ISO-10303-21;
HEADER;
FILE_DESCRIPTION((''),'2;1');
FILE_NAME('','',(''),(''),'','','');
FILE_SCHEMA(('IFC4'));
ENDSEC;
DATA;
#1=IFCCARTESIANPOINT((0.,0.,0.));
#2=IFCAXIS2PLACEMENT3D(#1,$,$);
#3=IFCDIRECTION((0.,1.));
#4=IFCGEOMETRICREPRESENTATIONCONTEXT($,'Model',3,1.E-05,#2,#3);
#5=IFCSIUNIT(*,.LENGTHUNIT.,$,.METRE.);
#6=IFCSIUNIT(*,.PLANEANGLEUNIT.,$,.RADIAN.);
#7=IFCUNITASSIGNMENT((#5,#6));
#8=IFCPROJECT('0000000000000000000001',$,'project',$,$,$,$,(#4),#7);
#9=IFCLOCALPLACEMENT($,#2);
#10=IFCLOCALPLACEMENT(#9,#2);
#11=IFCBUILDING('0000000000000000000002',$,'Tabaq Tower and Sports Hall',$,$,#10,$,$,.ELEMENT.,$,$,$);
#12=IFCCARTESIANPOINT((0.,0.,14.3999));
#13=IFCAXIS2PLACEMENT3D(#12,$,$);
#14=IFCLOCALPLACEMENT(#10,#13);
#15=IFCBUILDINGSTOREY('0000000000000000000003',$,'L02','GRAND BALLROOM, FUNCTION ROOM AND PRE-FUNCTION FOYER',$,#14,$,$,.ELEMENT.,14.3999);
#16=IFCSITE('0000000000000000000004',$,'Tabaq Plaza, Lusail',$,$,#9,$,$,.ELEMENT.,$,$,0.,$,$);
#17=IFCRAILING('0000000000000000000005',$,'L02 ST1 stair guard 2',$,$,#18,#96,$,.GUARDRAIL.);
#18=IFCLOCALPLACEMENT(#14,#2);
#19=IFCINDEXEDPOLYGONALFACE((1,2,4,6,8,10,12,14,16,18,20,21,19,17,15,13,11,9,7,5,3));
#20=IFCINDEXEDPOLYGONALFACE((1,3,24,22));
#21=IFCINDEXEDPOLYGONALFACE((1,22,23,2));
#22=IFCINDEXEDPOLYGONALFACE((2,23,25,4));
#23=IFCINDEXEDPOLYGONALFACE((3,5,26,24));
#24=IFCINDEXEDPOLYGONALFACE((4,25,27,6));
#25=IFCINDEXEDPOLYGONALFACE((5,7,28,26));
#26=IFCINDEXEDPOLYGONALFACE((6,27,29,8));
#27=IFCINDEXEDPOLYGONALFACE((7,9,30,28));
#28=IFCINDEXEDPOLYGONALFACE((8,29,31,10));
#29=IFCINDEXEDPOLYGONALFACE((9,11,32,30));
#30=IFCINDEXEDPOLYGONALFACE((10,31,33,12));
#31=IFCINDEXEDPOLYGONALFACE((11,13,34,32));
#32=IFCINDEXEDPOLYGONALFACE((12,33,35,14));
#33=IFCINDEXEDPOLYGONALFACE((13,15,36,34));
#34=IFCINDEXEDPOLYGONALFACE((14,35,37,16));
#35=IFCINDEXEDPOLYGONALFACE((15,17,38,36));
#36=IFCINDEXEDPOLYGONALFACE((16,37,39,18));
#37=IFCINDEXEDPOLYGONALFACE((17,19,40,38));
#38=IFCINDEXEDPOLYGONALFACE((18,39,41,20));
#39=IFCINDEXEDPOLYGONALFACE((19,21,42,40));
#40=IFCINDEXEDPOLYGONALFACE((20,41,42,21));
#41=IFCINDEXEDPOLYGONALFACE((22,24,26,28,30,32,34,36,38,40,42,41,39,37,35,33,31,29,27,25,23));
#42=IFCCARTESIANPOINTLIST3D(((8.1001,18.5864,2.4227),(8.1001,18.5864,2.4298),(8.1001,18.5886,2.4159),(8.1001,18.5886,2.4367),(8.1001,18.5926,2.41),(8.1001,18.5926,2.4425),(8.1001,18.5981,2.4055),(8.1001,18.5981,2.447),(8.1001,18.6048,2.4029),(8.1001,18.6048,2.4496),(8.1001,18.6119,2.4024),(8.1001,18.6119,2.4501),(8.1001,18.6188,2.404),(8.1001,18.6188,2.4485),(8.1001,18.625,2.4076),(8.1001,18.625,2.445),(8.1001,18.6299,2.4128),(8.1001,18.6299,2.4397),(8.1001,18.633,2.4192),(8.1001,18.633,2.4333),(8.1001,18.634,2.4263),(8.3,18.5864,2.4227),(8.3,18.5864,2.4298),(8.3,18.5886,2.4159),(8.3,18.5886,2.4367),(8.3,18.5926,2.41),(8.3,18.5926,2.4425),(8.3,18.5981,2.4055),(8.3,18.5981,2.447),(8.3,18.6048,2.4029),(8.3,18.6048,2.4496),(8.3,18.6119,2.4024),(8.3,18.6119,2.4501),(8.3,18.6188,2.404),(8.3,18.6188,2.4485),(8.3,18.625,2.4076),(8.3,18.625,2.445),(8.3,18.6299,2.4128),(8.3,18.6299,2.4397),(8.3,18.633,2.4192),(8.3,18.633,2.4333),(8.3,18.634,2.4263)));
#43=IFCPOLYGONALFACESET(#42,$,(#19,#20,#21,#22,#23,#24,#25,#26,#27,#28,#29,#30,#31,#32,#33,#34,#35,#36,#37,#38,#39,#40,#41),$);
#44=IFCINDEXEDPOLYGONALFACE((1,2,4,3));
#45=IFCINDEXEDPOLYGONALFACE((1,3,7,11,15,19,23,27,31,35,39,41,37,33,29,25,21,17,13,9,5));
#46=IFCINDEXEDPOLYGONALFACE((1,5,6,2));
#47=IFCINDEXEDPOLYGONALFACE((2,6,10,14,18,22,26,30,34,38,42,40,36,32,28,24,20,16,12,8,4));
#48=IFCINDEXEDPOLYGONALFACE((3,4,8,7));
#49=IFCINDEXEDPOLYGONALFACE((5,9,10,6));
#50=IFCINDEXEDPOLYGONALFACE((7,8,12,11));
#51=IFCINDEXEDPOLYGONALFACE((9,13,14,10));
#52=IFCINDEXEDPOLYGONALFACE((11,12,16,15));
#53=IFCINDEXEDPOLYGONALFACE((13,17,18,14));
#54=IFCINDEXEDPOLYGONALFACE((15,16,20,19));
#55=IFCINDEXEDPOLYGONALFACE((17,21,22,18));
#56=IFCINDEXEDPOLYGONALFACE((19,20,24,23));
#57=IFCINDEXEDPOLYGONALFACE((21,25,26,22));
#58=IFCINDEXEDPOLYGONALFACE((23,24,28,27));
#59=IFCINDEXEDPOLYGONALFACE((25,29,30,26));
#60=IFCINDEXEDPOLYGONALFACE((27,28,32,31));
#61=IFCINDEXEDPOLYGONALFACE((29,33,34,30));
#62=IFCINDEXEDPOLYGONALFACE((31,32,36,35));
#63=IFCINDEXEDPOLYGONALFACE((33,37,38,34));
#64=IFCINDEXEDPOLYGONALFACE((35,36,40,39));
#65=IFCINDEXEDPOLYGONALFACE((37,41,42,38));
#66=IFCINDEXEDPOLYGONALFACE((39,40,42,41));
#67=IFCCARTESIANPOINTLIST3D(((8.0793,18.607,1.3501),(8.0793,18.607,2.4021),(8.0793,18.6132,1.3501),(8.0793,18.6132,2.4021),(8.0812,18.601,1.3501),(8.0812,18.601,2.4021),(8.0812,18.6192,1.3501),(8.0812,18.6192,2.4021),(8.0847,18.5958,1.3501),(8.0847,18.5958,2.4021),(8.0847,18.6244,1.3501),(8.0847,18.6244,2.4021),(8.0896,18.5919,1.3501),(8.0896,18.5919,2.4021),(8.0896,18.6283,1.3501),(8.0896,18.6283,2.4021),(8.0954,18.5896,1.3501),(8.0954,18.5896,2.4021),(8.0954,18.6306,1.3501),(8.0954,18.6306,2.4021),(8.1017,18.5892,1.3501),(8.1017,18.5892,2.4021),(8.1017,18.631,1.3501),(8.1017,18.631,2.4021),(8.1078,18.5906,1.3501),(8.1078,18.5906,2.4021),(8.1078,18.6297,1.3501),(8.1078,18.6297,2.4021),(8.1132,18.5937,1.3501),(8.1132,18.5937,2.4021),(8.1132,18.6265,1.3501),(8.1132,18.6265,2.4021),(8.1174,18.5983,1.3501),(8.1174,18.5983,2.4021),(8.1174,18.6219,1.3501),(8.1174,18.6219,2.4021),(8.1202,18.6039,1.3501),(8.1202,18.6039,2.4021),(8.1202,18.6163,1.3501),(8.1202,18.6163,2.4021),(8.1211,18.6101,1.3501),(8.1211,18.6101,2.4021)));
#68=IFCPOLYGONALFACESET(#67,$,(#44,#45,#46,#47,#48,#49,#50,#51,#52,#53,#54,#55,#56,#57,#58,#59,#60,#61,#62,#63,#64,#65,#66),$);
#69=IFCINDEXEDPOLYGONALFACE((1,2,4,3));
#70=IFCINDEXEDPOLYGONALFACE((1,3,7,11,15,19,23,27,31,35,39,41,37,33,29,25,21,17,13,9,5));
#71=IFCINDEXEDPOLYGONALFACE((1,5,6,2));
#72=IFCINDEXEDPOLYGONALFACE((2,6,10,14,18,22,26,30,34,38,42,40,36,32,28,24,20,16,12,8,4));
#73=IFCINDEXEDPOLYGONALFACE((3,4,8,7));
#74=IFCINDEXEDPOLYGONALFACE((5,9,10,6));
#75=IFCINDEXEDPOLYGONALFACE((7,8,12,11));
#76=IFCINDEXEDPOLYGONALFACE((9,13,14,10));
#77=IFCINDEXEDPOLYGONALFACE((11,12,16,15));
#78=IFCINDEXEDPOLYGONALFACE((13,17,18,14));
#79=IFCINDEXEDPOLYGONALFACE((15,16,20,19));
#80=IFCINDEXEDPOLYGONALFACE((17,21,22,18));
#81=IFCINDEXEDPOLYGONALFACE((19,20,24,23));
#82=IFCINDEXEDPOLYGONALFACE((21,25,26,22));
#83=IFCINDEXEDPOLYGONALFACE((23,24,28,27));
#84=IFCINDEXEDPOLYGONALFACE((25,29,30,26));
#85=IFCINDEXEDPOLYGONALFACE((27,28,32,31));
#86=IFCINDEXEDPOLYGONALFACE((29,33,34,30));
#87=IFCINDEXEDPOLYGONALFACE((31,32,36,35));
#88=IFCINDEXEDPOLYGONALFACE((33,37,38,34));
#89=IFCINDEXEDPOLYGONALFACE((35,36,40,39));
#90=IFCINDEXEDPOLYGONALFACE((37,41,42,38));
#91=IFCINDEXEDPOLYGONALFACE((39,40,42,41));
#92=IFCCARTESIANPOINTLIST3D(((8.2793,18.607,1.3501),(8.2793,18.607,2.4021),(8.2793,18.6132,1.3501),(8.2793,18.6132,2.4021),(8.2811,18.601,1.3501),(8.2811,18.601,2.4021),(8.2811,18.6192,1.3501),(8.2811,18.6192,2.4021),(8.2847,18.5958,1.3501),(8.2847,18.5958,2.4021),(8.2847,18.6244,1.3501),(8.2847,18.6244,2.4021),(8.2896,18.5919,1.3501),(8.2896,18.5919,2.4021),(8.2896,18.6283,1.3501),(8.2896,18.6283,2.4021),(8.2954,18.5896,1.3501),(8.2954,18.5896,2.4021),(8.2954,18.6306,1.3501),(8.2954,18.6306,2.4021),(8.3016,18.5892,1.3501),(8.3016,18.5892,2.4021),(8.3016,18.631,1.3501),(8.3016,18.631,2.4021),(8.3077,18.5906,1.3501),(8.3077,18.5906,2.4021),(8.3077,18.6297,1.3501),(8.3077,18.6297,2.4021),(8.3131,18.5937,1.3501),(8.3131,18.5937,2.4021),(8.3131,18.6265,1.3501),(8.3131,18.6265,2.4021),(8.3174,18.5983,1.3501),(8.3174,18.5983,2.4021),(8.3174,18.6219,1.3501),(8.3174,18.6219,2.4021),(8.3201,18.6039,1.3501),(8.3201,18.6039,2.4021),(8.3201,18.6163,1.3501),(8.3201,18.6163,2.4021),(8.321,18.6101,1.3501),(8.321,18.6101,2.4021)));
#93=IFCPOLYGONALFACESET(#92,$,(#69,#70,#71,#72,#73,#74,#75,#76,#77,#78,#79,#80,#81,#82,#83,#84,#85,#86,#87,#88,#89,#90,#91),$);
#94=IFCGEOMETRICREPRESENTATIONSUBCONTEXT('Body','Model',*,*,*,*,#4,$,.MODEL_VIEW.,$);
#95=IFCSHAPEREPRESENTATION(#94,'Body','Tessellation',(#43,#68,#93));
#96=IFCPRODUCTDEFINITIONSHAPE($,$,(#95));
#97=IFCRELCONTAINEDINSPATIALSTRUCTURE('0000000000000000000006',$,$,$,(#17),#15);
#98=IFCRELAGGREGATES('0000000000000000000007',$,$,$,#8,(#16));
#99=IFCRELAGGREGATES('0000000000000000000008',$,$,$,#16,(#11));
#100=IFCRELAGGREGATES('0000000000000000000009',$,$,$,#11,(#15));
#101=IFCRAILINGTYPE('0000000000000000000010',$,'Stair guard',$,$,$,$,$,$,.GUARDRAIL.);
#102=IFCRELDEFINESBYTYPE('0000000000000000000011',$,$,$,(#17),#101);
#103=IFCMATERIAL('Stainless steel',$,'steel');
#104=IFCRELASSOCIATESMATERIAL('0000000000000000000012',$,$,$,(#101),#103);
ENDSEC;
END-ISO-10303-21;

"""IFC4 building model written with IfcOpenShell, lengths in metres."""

from ifc_helpers import new_model, si_unit, direction, frame, origin, origin_2d, place, context, subcontext, project, spatial, circle, extrude, material, type_object, element, save


model = new_model("IFC4")

# Units and contexts
model_context = context("Model", 3, precision=1e-05, world=origin(), true_north=direction((0.0, 1.0)))
body_context = subcontext(model_context, "Body", "Model", "MODEL_VIEW")
ifc_project = project(units=[si_unit("LENGTHUNIT", "METRE"), si_unit("PLANEANGLEUNIT", "RADIAN")], contexts=[model_context])

# Site, building, storey
site_placement = place(None, origin())
site = spatial("IfcSite", under=ifc_project, at=site_placement, Name="Tabaq Plaza, Lusail", CompositionType="ELEMENT", RefElevation=0.0)
building_placement = place(site_placement, origin())
building = spatial("IfcBuilding", under=site, at=building_placement, Name="Tabaq Tower and Sports Hall", CompositionType="ELEMENT")
storey_placement = place(building_placement, frame((0.0, 0.0, 14.3999)))
storey = spatial("IfcBuildingStorey", under=building, at=storey_placement, Name="L02", Description="GRAND BALLROOM, FUNCTION ROOM AND PRE-FUNCTION FOYER", CompositionType="ELEMENT", Elevation=14.3999)

# Railing
ifc_material_1 = material(Name="Stainless steel", Category="steel")
railing_type = type_object("IfcRailingType", Name="Stair guard", PredefinedType="GUARDRAIL", material=ifc_material_1)
railing_placement = place(storey_placement, frame((8.1001, 18.6101, 1.3501)))
element("IfcRailing", 1, at=railing_placement, inside=storey, type_object=railing_type, Name="L02 ST1 stair guard 2", PredefinedType="GUARDRAIL", context=body_context, shape_type="SweptSolid", body=[
    extrude(circle(Radius=0.0239, at=origin_2d()), frame((0.0, 0.0, 1.0762), z_axis=(1.0, 0.0, 0.0), x_axis=(0.0, 1.0, 0.0)), (0.0, 0.0, 1.0), 0.2),
    extrude(circle(Radius=0.021, at=origin_2d()), origin(), (0.0, 0.0, 1.0), 1.052),
    extrude(circle(Radius=0.021, at=origin_2d()), frame((0.2, 0.0, 0.0)), (0.0, 0.0, 1.0), 1.052),
])

save(model, "model.ifc")
